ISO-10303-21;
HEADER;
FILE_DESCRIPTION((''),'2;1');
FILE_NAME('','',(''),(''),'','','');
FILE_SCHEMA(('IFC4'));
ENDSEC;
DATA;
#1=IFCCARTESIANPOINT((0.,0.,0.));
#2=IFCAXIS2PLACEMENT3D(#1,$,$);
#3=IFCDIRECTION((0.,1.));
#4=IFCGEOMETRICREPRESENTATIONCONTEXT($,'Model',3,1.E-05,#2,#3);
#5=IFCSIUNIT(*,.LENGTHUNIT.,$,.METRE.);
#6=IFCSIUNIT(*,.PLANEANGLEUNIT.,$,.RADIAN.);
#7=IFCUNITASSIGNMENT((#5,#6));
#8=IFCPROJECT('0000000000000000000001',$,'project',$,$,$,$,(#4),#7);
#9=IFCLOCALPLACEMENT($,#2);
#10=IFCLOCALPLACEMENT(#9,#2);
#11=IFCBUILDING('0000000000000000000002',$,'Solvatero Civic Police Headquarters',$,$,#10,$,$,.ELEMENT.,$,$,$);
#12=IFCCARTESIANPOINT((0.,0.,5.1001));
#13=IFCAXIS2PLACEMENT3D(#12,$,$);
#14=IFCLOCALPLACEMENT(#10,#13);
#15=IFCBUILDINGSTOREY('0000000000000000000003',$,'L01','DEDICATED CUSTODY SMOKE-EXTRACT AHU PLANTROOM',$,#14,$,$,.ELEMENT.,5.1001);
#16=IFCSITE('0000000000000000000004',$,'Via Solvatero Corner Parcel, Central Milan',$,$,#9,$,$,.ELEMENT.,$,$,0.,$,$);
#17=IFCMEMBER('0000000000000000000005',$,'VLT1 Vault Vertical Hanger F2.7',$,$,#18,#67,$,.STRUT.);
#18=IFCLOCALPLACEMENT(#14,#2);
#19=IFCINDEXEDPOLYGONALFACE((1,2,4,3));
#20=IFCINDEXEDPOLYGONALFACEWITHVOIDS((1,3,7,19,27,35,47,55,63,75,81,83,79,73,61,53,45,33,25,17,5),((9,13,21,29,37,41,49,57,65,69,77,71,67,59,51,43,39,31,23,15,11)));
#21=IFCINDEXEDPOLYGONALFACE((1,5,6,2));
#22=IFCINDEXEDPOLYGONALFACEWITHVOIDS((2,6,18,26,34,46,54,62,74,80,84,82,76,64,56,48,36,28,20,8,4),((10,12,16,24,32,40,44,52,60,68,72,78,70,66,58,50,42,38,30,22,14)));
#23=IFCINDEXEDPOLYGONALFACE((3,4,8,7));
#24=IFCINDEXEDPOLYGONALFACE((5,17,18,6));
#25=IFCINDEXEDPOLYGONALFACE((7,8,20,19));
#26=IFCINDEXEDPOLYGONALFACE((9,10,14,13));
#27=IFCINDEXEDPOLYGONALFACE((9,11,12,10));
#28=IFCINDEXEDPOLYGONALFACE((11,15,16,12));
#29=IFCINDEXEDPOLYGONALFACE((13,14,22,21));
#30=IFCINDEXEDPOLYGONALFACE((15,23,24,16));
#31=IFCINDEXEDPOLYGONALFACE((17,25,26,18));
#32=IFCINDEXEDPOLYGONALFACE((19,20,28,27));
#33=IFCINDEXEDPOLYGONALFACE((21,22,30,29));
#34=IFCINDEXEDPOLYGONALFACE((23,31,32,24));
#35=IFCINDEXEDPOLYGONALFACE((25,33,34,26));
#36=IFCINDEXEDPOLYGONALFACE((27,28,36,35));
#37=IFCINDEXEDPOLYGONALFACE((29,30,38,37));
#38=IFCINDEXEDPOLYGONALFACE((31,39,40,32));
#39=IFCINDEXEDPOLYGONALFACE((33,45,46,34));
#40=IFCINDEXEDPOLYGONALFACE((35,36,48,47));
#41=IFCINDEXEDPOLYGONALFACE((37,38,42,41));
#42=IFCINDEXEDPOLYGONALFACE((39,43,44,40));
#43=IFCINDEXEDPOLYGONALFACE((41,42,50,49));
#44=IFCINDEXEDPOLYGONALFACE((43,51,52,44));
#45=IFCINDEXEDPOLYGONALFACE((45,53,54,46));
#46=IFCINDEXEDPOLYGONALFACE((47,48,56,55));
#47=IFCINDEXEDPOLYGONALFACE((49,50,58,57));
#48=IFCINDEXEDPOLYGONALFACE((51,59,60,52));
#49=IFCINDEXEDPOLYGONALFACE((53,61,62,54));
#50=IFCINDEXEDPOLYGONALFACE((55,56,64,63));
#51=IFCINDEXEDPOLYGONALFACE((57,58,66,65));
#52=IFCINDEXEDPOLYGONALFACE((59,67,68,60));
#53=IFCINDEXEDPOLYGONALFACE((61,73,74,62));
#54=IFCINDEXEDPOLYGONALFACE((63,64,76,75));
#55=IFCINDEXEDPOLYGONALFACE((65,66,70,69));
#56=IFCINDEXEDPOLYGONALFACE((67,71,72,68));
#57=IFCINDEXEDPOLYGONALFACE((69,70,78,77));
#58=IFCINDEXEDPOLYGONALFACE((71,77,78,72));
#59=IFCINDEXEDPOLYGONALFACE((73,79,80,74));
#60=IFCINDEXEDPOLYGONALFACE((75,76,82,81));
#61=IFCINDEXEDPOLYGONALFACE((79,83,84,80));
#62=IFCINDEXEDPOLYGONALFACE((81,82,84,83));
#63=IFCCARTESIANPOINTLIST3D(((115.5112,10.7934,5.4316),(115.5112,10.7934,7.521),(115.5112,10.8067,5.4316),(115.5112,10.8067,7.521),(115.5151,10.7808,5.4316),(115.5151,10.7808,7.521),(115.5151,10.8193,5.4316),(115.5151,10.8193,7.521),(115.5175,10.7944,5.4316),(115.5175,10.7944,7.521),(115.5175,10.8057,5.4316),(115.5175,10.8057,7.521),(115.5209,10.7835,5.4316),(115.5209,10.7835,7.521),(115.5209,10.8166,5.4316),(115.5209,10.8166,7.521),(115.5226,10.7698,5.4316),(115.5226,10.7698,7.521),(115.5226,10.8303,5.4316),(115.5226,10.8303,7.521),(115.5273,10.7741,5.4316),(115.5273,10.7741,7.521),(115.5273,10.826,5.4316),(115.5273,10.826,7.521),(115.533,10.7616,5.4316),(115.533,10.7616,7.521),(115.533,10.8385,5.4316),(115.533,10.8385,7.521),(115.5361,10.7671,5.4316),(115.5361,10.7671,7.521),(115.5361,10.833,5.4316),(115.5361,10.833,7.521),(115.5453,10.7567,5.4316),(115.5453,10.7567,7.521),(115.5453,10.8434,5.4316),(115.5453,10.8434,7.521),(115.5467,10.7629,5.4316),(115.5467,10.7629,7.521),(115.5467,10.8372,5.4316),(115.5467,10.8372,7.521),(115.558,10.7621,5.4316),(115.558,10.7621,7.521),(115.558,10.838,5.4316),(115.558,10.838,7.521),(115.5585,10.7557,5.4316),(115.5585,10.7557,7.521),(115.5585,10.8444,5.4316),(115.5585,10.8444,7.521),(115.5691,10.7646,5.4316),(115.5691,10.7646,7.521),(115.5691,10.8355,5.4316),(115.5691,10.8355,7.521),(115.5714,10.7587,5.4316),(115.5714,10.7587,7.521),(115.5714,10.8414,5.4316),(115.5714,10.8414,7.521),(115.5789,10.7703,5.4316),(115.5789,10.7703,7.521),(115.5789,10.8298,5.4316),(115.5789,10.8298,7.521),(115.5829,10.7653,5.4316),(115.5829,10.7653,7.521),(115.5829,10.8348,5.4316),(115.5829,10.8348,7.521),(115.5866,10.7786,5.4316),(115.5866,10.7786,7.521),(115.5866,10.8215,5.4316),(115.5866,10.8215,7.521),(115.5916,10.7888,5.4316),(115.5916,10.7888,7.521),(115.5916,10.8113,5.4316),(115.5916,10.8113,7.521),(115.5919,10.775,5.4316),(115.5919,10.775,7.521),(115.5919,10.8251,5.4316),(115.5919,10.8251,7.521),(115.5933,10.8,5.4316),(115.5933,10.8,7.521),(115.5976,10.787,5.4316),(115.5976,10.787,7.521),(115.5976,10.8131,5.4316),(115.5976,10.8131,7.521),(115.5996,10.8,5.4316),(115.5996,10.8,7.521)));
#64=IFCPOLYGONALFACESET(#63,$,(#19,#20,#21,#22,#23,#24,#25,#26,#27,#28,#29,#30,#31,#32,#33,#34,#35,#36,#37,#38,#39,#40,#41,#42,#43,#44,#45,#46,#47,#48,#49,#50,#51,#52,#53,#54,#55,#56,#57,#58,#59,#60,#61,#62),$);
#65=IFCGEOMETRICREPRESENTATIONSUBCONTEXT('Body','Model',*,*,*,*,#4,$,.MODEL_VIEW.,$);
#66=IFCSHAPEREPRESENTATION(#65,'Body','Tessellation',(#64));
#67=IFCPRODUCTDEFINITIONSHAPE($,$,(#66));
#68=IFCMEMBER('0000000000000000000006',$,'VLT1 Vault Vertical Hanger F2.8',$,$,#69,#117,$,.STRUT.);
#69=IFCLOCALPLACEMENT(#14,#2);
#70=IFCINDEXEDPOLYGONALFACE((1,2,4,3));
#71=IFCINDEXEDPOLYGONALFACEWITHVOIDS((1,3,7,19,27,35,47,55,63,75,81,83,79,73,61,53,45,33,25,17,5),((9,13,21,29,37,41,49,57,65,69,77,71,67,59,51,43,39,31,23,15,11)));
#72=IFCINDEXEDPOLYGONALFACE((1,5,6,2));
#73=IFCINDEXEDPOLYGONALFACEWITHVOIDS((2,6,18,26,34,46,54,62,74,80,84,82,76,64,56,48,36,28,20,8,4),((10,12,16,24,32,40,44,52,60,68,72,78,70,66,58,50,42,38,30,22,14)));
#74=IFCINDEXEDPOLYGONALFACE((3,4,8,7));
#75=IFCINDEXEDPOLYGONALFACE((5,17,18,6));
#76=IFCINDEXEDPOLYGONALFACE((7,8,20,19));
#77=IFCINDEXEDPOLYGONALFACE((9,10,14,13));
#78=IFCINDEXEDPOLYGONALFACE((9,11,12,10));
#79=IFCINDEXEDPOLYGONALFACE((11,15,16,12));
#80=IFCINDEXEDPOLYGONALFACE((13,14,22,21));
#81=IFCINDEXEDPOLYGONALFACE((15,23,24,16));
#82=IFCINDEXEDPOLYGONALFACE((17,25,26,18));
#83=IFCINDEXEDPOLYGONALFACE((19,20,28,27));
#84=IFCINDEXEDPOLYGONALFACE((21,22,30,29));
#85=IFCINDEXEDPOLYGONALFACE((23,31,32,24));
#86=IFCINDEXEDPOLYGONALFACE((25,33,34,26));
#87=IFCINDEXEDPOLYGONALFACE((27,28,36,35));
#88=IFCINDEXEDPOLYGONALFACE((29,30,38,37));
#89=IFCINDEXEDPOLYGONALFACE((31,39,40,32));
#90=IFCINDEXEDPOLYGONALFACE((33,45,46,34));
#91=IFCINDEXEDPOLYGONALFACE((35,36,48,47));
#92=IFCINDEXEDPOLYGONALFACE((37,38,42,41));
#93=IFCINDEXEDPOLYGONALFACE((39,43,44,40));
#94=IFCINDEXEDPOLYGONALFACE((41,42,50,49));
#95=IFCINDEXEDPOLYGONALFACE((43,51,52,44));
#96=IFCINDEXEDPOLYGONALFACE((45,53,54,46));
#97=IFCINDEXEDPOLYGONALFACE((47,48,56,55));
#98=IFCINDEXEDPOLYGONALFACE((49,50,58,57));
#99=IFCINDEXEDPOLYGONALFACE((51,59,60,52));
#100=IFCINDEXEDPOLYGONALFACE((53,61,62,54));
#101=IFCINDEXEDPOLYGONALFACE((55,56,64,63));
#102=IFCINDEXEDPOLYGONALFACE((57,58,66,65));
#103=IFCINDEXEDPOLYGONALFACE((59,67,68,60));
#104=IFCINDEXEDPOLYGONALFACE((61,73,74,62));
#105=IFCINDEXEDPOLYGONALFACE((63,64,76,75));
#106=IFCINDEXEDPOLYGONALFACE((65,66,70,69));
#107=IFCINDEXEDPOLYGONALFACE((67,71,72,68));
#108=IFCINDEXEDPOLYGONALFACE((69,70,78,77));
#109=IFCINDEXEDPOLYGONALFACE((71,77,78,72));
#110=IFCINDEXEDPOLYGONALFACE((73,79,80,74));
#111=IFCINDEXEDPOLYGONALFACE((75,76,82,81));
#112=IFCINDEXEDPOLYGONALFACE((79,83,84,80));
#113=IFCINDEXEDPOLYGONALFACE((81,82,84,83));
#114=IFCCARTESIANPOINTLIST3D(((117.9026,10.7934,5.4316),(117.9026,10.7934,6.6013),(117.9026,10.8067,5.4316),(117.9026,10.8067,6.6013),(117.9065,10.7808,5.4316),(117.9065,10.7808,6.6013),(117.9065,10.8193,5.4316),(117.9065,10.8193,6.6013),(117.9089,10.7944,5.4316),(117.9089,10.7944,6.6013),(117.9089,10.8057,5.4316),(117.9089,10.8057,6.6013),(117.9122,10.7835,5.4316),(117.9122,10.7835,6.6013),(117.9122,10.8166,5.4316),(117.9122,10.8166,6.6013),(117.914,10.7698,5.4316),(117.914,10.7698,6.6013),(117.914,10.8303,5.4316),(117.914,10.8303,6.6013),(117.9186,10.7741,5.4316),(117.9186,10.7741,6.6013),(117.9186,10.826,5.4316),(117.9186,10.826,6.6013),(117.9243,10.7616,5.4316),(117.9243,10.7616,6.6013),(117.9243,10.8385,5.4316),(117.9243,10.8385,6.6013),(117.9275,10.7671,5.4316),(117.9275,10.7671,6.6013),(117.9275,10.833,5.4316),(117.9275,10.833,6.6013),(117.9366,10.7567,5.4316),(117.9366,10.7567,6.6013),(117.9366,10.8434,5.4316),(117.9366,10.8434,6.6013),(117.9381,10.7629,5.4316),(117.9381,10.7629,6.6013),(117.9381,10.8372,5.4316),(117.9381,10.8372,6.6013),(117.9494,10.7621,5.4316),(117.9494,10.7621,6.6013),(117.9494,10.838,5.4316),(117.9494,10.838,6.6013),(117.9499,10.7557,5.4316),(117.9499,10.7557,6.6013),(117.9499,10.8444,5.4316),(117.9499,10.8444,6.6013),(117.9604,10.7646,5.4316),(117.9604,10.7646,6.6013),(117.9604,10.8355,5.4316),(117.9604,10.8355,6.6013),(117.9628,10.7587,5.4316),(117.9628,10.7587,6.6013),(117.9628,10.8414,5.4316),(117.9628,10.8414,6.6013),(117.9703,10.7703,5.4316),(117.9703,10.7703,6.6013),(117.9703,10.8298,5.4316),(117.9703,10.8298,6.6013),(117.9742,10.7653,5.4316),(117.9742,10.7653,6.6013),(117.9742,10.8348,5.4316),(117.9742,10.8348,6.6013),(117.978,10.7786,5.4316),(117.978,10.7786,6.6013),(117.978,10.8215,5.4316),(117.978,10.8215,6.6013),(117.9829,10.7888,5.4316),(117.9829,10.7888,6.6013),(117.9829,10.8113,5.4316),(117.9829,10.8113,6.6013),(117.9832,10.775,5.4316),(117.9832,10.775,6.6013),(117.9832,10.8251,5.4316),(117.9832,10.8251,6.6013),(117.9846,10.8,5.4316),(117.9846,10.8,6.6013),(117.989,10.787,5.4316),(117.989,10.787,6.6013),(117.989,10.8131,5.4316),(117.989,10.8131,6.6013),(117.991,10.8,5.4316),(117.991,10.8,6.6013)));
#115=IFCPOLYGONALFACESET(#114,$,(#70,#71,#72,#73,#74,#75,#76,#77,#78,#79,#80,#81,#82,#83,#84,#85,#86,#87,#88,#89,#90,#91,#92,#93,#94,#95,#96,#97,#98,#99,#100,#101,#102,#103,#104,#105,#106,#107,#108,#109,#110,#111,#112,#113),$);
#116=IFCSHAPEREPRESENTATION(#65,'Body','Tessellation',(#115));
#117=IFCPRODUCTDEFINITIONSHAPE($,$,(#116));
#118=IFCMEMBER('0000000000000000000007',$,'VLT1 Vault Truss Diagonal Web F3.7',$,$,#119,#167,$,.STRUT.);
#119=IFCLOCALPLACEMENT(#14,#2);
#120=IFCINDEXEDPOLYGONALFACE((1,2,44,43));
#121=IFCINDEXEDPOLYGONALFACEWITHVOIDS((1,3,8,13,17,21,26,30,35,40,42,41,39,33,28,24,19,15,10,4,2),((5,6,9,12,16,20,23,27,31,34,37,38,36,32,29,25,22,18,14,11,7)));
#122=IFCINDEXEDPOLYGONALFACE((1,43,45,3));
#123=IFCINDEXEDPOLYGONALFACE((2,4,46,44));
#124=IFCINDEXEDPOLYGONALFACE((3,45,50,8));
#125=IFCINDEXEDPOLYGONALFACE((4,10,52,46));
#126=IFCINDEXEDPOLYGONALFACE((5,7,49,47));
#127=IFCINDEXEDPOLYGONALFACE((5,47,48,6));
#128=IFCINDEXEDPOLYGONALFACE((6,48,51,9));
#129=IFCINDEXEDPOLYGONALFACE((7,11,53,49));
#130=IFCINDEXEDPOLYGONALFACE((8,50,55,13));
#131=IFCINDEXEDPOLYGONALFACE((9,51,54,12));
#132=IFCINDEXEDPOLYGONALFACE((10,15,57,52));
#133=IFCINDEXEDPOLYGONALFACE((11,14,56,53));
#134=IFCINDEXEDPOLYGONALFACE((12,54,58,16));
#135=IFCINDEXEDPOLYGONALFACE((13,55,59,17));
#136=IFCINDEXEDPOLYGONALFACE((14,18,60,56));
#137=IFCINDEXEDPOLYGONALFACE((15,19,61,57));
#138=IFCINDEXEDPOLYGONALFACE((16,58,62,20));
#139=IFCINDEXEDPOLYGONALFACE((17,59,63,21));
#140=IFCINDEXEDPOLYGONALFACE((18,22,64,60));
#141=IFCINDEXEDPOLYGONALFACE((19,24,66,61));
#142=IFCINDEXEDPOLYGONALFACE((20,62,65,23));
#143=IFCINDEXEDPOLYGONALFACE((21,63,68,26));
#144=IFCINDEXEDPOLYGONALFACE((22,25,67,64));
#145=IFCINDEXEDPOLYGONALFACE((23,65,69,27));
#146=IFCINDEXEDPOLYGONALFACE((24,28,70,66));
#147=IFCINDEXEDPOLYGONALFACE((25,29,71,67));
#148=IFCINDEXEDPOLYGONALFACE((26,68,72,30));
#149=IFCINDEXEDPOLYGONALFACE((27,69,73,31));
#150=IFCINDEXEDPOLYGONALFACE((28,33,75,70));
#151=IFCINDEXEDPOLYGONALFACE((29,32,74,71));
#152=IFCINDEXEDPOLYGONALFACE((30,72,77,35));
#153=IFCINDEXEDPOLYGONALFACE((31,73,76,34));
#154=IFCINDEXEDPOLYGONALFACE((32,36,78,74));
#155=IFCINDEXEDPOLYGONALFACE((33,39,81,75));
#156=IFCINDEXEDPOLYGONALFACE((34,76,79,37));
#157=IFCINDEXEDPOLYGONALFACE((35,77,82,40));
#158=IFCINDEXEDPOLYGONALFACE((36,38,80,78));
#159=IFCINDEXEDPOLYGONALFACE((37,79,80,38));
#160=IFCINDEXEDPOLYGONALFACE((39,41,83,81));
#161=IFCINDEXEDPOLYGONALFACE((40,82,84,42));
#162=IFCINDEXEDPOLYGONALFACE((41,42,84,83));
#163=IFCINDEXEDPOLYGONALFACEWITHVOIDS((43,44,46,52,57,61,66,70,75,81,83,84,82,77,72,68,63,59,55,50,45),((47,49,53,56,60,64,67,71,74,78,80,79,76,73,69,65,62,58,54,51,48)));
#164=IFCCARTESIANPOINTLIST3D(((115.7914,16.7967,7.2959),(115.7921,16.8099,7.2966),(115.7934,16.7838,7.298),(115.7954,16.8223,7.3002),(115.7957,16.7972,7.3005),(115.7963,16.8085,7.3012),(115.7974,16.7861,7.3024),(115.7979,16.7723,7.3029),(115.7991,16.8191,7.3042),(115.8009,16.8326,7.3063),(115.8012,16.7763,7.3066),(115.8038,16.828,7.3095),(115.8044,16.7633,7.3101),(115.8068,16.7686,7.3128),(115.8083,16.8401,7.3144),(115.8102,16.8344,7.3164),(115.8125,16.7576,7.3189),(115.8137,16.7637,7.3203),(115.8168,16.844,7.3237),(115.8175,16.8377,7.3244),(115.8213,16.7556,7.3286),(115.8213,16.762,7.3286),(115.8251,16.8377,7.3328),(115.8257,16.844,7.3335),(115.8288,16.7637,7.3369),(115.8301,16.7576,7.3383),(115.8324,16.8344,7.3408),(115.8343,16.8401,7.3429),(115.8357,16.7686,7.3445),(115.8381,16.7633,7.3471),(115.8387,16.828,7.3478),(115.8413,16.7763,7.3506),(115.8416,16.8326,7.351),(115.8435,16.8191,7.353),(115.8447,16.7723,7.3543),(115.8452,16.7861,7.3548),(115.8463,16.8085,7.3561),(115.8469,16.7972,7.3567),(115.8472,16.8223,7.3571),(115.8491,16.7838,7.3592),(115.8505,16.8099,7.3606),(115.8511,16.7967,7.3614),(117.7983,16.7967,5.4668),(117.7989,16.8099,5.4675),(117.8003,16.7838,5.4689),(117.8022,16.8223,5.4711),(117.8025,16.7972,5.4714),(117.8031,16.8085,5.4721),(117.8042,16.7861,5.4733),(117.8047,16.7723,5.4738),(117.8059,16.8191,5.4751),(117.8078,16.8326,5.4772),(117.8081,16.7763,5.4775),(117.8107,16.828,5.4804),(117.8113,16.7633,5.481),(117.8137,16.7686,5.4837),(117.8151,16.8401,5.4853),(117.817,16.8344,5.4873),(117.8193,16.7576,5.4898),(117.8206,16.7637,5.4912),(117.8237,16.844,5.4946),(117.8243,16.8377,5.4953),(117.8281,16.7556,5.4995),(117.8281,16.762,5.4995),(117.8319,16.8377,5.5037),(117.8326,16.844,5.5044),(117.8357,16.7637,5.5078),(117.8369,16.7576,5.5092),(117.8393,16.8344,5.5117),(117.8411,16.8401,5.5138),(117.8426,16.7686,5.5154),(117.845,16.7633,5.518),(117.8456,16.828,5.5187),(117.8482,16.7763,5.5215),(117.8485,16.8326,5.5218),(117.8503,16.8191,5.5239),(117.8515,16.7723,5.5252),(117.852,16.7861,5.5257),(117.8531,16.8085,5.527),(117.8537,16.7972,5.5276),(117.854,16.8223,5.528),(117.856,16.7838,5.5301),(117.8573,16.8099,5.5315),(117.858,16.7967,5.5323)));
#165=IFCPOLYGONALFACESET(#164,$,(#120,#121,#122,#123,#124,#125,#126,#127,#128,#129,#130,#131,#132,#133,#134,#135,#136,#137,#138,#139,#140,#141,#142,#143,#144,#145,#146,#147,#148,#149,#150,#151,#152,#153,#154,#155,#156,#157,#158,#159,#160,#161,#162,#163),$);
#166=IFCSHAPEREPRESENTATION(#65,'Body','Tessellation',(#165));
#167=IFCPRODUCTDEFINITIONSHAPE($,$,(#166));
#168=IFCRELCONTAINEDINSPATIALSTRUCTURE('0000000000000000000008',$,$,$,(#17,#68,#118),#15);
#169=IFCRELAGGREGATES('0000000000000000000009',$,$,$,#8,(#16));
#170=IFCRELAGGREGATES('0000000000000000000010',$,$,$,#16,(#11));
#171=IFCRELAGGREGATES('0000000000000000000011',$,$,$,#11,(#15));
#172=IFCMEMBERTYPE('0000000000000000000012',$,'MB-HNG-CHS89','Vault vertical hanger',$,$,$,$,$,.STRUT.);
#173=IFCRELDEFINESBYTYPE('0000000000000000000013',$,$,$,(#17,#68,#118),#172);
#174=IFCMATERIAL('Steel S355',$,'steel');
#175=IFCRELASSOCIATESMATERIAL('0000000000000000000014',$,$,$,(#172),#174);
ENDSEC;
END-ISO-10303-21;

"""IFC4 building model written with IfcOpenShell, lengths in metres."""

from ifc_helpers import new_model, si_unit, direction, frame, origin, origin_2d, place, context, subcontext, project, spatial, hollow_circle, extrude, material, material_profile, profile_set, type_object, element, save


model = new_model("IFC4")

# Units and contexts
model_context = context("Model", 3, precision=1e-05, world=origin(), true_north=direction((0.0, 1.0)))
body_context = subcontext(model_context, "Body", "Model", "MODEL_VIEW")
ifc_project = project(units=[si_unit("LENGTHUNIT", "METRE"), si_unit("PLANEANGLEUNIT", "RADIAN")], contexts=[model_context])

# Site, building, storey
site_placement = place(None, origin())
site = spatial("IfcSite", under=ifc_project, at=site_placement, Name="Via Solvatero Corner Parcel, Central Milan", CompositionType="ELEMENT", RefElevation=0.0)
building_placement = place(site_placement, origin())
building = spatial("IfcBuilding", under=site, at=building_placement, Name="Solvatero Civic Police Headquarters", CompositionType="ELEMENT")
storey_placement = place(building_placement, frame((0.0, 0.0, 5.1001)))
storey = spatial("IfcBuildingStorey", under=building, at=storey_placement, Name="L01", Description="DEDICATED CUSTODY SMOKE-EXTRACT AHU PLANTROOM", CompositionType="ELEMENT", Elevation=5.1001)

# Shared definitions
ifc_material_1 = material(Name="Steel S355", Category="steel")

# Members
ifc_material_profile_1 = material_profile(ifc_material_1, hollow_circle(Radius=0.0444, WallThickness=0.0063, at=origin_2d()), Name="CHS 88.9x6.3")
ifc_profile_set_1 = profile_set([ifc_material_profile_1], Name="Steel S355")
member_type_1 = type_object("IfcMemberType", Name="MB-HNG-CHS89", Description="Vault vertical hanger", PredefinedType="STRUT", material=ifc_profile_set_1)
member_1_placement = place(storey_placement, frame((115.5552, 10.8, 5.4316), z_axis=(0.0, 0.0, 1.0), x_axis=(1.0, 0.0, 0.0)))
element("IfcMember", 1, at=member_1_placement, inside=storey, type_object=member_type_1, Name="VLT1 Vault Vertical Hanger F2.7", PredefinedType="STRUT", context=body_context, shape_type="SweptSolid", body=[
    extrude(hollow_circle(Radius=0.0444, WallThickness=0.0063, at=origin_2d()), origin(), (0.0, 0.0, 1.0), 2.0894),
])
member_2_placement = place(storey_placement, frame((117.9465, 10.8, 5.4316), z_axis=(0.0, 0.0, 1.0), x_axis=(1.0, 0.0, 0.0)))
element("IfcMember", 2, at=member_2_placement, inside=storey, type_object=member_type_1, Name="VLT1 Vault Vertical Hanger F2.8", PredefinedType="STRUT", context=body_context, shape_type="SweptSolid", body=[
    extrude(hollow_circle(Radius=0.0444, WallThickness=0.0063, at=origin_2d()), origin(), (0.0, 0.0, 1.0), 1.1697),
])
member_3_placement = place(storey_placement, frame((117.8281, 16.8, 5.4995), z_axis=(-0.739077, 0.0, 0.673621), x_axis=(0.0, -1.0, 0.0)))
element("IfcMember", 3, at=member_3_placement, inside=storey, type_object=member_type_1, Name="VLT1 Vault Truss Diagonal Web F3.7", PredefinedType="STRUT", context=body_context, shape_type="SweptSolid", body=[
    extrude(hollow_circle(Radius=0.0444, WallThickness=0.0063, at=origin_2d()), origin(), (0.0, 0.0, 1.0), 2.7153),
])

save(model, "model.ifc")
